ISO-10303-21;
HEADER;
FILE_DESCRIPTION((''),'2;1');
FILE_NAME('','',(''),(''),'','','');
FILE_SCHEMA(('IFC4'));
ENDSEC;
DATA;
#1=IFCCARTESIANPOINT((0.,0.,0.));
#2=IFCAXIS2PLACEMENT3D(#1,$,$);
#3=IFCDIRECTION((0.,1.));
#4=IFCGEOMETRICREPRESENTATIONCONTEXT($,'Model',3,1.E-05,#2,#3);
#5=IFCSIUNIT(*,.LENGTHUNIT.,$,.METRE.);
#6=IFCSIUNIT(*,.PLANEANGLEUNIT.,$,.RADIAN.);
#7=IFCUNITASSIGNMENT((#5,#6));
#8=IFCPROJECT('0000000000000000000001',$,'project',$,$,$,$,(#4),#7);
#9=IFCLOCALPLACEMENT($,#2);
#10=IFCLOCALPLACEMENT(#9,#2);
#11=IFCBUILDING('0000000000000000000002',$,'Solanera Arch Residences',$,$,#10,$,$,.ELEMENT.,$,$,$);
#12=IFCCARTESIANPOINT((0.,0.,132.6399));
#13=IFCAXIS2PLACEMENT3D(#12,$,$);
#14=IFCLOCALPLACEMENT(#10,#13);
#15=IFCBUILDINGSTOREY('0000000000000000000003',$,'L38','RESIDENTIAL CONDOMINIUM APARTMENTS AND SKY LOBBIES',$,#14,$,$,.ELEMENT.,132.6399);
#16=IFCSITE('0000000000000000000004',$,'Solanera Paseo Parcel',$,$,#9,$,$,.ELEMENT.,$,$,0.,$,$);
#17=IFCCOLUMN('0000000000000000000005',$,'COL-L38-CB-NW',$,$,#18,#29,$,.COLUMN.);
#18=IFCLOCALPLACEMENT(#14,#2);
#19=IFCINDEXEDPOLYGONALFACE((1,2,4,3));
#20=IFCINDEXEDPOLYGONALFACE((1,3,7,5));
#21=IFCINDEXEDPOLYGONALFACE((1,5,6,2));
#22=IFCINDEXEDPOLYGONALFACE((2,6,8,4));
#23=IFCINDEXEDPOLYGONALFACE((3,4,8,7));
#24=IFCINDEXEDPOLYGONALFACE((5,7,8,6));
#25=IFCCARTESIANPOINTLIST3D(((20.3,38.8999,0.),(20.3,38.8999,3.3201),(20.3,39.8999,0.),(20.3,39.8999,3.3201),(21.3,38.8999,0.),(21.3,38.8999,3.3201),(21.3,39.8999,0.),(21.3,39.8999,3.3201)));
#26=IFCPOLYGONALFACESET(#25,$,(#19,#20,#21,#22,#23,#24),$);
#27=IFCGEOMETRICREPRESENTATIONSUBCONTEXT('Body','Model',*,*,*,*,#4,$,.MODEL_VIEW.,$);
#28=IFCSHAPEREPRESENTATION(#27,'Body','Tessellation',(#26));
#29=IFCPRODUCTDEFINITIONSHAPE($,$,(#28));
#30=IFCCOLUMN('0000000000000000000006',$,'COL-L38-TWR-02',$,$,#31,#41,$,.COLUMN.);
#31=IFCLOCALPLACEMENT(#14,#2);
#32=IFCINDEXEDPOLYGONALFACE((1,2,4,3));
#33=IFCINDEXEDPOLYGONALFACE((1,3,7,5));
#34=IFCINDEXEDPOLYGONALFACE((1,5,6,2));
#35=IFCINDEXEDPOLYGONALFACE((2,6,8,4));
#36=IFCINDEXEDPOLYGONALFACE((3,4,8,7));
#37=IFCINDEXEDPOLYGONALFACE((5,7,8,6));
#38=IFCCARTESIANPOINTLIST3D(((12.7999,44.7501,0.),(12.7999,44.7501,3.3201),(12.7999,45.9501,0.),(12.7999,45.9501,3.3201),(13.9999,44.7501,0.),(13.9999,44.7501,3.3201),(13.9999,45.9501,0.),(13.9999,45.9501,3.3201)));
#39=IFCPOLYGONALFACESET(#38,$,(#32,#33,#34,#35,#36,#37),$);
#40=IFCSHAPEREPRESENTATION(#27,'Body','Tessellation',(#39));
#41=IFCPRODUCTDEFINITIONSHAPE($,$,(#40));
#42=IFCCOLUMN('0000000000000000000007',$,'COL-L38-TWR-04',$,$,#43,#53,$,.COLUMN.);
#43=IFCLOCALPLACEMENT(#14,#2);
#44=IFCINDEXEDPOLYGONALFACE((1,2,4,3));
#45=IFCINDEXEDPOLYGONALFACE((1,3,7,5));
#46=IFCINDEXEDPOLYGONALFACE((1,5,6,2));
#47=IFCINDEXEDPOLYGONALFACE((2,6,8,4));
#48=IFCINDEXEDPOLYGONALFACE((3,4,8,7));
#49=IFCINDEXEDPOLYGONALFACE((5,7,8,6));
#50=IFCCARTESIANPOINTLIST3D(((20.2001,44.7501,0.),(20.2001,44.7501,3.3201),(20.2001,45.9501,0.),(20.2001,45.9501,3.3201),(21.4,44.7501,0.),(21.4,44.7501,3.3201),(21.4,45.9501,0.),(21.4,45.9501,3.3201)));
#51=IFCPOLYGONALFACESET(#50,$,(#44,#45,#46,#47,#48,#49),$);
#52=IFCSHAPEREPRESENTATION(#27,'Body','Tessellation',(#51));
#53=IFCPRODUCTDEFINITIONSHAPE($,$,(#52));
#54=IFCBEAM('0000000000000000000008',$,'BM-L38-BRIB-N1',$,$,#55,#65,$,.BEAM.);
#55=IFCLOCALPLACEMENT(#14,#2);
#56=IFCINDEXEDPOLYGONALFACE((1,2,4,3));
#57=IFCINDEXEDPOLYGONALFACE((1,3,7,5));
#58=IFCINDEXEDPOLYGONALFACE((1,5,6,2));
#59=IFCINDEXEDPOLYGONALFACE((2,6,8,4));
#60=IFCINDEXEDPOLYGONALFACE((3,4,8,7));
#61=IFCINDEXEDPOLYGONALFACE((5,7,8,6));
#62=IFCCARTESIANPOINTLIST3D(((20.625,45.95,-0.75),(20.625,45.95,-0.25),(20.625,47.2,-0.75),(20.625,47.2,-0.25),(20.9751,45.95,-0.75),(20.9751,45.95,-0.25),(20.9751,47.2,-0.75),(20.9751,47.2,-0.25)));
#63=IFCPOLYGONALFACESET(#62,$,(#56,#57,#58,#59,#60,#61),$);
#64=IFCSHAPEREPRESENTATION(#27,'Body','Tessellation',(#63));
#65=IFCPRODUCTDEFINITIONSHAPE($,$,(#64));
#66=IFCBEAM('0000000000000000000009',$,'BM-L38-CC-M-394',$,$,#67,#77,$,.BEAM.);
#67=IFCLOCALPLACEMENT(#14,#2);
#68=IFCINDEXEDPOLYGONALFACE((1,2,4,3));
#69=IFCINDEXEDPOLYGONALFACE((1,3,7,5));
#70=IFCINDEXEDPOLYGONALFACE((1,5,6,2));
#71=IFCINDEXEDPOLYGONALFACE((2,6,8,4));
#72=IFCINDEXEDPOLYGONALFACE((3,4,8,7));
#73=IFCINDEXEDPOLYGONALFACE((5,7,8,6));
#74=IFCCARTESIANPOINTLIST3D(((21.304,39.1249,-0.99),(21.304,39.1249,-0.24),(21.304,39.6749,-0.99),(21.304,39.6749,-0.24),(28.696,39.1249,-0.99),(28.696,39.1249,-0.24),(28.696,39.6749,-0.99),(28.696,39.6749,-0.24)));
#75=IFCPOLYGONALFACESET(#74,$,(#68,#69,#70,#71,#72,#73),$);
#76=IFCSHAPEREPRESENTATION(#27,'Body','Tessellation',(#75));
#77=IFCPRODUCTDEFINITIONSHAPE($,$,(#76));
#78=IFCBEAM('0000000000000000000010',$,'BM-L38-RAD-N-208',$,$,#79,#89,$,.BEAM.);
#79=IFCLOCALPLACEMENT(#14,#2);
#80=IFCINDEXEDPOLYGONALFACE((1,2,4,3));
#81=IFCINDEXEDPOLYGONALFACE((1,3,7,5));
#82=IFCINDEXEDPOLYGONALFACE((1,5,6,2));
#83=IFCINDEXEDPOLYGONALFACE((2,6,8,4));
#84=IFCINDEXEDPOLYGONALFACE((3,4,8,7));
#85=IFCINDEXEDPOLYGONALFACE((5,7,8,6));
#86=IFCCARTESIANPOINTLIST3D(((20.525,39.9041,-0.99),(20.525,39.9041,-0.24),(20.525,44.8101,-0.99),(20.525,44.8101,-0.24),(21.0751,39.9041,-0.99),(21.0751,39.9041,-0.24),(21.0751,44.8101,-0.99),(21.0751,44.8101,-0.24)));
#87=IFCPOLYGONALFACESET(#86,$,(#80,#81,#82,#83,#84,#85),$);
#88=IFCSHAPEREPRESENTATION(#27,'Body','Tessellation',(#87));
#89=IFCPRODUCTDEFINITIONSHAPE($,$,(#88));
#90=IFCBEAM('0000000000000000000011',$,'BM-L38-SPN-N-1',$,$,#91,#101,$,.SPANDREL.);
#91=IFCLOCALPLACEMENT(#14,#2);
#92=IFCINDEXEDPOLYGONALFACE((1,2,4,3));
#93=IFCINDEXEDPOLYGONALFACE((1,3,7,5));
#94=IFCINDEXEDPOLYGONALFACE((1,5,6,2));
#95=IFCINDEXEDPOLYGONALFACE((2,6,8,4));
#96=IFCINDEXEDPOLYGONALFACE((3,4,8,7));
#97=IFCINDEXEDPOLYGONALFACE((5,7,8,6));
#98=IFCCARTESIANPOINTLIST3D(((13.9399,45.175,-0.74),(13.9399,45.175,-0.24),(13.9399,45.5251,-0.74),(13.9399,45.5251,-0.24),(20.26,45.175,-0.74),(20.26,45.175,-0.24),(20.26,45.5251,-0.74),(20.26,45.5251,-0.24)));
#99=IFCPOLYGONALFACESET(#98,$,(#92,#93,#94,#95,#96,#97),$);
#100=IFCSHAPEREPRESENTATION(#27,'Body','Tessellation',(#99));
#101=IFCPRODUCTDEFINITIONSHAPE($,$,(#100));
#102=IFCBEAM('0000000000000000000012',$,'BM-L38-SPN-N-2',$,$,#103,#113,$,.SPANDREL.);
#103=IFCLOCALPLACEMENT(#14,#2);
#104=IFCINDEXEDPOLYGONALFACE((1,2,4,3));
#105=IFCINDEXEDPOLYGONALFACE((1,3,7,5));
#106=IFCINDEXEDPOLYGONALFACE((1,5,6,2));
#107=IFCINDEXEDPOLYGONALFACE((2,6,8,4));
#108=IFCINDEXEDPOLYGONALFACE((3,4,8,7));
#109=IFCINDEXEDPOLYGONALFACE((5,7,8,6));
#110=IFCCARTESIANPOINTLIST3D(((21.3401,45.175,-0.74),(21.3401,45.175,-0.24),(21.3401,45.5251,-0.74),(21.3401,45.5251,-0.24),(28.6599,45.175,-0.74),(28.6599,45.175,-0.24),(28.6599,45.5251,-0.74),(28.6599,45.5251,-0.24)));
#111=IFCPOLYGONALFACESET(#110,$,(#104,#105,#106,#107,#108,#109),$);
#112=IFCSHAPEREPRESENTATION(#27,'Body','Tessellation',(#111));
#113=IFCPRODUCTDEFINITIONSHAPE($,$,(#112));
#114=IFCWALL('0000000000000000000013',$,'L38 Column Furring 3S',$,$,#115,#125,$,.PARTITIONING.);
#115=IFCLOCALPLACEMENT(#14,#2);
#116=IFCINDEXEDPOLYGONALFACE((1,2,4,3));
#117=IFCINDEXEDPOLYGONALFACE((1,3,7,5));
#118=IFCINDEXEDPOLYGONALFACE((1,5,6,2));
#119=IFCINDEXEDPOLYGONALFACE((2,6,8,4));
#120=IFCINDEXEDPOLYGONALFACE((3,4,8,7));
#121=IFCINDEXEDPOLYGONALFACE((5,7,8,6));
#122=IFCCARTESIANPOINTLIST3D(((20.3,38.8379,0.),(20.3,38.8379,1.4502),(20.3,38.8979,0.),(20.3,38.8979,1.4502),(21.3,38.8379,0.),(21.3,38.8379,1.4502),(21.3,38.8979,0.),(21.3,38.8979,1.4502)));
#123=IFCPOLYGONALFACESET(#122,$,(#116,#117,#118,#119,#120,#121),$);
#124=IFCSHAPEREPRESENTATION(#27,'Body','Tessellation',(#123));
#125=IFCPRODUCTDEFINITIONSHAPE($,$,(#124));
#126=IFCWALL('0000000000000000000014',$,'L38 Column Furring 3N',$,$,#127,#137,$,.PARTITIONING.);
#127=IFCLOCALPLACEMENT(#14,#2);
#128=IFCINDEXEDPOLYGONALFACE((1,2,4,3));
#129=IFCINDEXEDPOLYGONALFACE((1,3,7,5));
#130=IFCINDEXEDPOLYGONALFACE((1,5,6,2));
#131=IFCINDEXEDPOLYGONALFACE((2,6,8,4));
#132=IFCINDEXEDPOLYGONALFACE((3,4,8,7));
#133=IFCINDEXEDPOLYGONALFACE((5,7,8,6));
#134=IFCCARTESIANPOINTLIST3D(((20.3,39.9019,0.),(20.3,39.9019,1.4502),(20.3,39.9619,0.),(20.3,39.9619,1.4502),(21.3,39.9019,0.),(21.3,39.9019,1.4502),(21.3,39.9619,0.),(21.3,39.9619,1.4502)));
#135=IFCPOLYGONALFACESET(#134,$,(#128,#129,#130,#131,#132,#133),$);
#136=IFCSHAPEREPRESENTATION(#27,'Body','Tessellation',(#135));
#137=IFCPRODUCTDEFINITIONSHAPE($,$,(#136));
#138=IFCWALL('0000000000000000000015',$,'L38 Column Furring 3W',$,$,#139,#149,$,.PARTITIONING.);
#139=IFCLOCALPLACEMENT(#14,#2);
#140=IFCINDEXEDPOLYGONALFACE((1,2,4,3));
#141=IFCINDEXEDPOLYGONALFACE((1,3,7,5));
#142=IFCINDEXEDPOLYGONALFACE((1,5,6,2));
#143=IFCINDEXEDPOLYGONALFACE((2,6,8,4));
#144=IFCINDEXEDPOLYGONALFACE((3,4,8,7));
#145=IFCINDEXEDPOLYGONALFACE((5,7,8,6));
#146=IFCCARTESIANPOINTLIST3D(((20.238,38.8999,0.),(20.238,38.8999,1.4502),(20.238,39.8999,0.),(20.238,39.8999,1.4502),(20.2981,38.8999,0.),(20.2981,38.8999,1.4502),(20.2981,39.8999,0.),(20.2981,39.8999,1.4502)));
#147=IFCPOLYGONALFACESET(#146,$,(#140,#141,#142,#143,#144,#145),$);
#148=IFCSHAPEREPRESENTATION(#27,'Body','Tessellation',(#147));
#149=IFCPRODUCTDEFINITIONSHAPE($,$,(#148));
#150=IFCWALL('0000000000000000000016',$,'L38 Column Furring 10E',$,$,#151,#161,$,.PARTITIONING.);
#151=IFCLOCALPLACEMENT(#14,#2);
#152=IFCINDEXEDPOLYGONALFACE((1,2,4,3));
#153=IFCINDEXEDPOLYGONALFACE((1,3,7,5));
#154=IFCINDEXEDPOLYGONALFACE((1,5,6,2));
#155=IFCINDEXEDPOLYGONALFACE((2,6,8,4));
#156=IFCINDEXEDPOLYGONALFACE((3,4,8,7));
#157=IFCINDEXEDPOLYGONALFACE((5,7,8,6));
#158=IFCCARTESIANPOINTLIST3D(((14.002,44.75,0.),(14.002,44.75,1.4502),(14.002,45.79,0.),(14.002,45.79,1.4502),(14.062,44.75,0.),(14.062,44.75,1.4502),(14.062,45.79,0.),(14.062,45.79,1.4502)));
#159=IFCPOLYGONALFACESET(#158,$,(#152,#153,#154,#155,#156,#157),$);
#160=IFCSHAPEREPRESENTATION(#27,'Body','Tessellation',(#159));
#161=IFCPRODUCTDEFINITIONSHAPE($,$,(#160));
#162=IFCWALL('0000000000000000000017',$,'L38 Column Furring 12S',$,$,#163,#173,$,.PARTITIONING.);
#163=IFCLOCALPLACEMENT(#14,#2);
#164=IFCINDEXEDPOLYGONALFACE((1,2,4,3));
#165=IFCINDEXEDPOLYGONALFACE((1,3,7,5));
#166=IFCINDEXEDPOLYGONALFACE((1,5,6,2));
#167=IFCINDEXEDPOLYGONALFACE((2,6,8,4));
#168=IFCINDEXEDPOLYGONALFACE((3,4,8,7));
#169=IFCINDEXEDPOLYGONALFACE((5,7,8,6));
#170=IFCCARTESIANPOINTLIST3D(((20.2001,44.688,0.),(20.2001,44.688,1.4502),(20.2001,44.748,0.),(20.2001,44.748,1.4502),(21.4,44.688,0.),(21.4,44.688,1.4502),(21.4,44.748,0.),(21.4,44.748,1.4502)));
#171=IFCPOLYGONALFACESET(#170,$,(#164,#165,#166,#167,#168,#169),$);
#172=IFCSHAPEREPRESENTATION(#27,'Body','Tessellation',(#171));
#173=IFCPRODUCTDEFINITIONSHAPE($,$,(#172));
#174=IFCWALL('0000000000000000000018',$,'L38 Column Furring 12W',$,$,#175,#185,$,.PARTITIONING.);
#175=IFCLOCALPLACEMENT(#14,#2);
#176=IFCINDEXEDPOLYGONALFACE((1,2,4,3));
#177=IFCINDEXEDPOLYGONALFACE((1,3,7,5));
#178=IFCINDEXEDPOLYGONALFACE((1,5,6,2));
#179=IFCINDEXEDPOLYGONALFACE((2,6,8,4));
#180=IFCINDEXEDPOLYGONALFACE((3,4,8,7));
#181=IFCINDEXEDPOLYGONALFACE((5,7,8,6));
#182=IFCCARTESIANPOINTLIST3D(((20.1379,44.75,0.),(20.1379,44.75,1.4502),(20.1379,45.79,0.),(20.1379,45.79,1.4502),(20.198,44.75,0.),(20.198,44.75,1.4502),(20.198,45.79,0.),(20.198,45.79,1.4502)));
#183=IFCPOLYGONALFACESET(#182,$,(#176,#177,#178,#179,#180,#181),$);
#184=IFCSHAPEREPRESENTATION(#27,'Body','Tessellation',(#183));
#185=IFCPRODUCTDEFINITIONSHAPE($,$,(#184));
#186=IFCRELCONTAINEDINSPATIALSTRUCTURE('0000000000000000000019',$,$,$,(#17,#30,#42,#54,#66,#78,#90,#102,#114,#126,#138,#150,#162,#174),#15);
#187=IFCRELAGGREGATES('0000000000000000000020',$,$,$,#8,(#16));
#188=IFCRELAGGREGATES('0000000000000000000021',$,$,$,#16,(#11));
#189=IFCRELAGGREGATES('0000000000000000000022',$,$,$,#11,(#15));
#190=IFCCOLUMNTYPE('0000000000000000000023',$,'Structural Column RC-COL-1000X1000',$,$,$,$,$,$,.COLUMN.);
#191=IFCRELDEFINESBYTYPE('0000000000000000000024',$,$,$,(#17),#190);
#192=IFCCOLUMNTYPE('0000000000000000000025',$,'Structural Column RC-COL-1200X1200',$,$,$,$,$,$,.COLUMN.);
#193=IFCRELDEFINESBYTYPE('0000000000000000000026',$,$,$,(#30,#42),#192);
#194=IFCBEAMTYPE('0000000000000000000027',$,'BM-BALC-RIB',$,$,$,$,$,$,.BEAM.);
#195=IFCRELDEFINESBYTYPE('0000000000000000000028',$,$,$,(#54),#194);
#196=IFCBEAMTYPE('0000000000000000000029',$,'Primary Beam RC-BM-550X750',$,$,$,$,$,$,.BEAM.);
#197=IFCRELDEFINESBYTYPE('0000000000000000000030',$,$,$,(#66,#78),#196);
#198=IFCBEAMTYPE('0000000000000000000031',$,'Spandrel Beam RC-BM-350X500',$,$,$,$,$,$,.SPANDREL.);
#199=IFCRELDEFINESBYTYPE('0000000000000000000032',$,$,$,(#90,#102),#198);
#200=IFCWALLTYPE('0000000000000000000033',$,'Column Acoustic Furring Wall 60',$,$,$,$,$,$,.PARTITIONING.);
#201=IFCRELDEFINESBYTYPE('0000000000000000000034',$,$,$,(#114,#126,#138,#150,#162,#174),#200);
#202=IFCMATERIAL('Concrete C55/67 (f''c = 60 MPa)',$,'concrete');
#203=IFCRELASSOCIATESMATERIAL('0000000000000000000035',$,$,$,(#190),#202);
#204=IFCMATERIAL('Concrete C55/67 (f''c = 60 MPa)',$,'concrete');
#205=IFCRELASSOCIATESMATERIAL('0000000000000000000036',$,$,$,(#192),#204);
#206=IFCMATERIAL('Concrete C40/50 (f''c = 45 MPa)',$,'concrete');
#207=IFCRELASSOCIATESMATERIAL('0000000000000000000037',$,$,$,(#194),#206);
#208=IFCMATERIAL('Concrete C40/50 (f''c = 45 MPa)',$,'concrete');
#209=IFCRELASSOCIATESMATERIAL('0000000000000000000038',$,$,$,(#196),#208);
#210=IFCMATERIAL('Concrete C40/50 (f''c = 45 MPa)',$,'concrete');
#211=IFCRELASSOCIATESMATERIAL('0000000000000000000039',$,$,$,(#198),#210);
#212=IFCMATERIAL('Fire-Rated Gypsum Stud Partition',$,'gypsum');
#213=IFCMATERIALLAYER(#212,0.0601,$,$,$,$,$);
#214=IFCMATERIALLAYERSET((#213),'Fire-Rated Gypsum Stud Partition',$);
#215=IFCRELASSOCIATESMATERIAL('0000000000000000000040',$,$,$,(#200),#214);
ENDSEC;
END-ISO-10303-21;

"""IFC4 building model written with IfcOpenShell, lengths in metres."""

from ifc_helpers import new_model, si_unit, direction, frame, frame_2d, origin, origin_2d, place, context, subcontext, project, spatial, rectangle, extrude, material, layer, layer_set, material_profile, profile_set, type_object, element, save


model = new_model("IFC4")

# Units and contexts
model_context = context("Model", 3, precision=1e-05, world=origin(), true_north=direction((0.0, 1.0)))
body_context = subcontext(model_context, "Body", "Model", "MODEL_VIEW")
ifc_project = project(units=[si_unit("LENGTHUNIT", "METRE"), si_unit("PLANEANGLEUNIT", "RADIAN")], contexts=[model_context])

# Site, building, storey
site_placement = place(None, origin())
site = spatial("IfcSite", under=ifc_project, at=site_placement, Name="Solanera Paseo Parcel", CompositionType="ELEMENT", RefElevation=0.0)
building_placement = place(site_placement, origin())
building = spatial("IfcBuilding", under=site, at=building_placement, Name="Solanera Arch Residences", CompositionType="ELEMENT")
storey_placement = place(building_placement, frame((0.0, 0.0, 132.6399)))
storey = spatial("IfcBuildingStorey", under=building, at=storey_placement, Name="L38", Description="RESIDENTIAL CONDOMINIUM APARTMENTS AND SKY LOBBIES", CompositionType="ELEMENT", Elevation=132.6399)

# Columns
ifc_material_1 = material(Name="Concrete C55/67 (f'c = 60 MPa)", Category="concrete")
ifc_material_profile_1 = material_profile(ifc_material_1, rectangle(XDim=1.0, YDim=1.0, at=origin_2d()))
ifc_profile_set_1 = profile_set([ifc_material_profile_1], Name="Concrete C55/67 (f'c = 60 MPa)")
column_type_1 = type_object("IfcColumnType", Name="Structural Column RC-COL-1000X1000", PredefinedType="COLUMN", material=ifc_profile_set_1)
column_placement = place(storey_placement, frame((20.8, 39.3999, 0.0), z_axis=(0.0, 0.0, 1.0), x_axis=(1.0, 0.0, 0.0)))
element("IfcColumn", 1, at=column_placement, inside=storey, type_object=column_type_1, Name="COL-L38-CB-NW", PredefinedType="COLUMN", context=body_context, shape_type="SweptSolid", body=[
    extrude(rectangle(XDim=1.0, YDim=1.0, at=origin_2d()), origin(), (0.0, 0.0, 1.0), 3.3201),
])
ifc_material_2 = material(Name="Concrete C55/67 (f'c = 60 MPa)", Category="concrete")
ifc_material_profile_2 = material_profile(ifc_material_2, rectangle(XDim=1.2, YDim=1.2, at=origin_2d()))
ifc_profile_set_2 = profile_set([ifc_material_profile_2], Name="Concrete C55/67 (f'c = 60 MPa)")
column_type_2 = type_object("IfcColumnType", Name="Structural Column RC-COL-1200X1200", PredefinedType="COLUMN", material=ifc_profile_set_2)
for number, where, z_axis, x_axis, name in (
    (2, (13.3999, 45.3501, 0.0), (0.0, 0.0, 1.0), (1.0, 0.0, 0.0), "COL-L38-TWR-02"),
    (3, (20.8, 45.3501, 0.0), (0.0, 0.0, 1.0), (1.0, 0.0, 0.0), "COL-L38-TWR-04"),
):
    element("IfcColumn", number, at=place(storey_placement, frame(where, z_axis=z_axis, x_axis=x_axis)), inside=storey, type_object=column_type_2, Name=name, PredefinedType="COLUMN", context=body_context, shape_type="SweptSolid", body=[
        extrude(rectangle(XDim=1.2, YDim=1.2, at=origin_2d()), origin(), (0.0, 0.0, 1.0), 3.3201),
    ])

# Beams
ifc_material_3 = material(Name="Concrete C40/50 (f'c = 45 MPa)", Category="concrete")
ifc_material_profile_3 = material_profile(ifc_material_3, rectangle(XDim=0.3501, YDim=0.5, at=origin_2d()))
ifc_profile_set_3 = profile_set([ifc_material_profile_3], Name="Concrete C40/50 (f'c = 45 MPa)")
beam_type_1 = type_object("IfcBeamType", Name="BM-BALC-RIB", PredefinedType="BEAM", material=ifc_profile_set_3)
beam_1_placement = place(storey_placement, frame((20.8, 45.95, -0.5), z_axis=(0.0, 1.0, 0.0), x_axis=(-1.0, 0.0, 0.0)))
element("IfcBeam", 4, at=beam_1_placement, inside=storey, type_object=beam_type_1, Name="BM-L38-BRIB-N1", PredefinedType="BEAM", context=body_context, shape_type="SweptSolid", body=[
    extrude(rectangle(XDim=0.3501, YDim=0.5, at=origin_2d()), origin(), (0.0, 0.0, 1.0), 1.25),
])
ifc_material_4 = material(Name="Concrete C40/50 (f'c = 45 MPa)", Category="concrete")
ifc_material_profile_4 = material_profile(ifc_material_4, rectangle(XDim=0.55, YDim=0.75, at=origin_2d()))
ifc_profile_set_4 = profile_set([ifc_material_profile_4], Name="Concrete C40/50 (f'c = 45 MPa)")
beam_type_2 = type_object("IfcBeamType", Name="Primary Beam RC-BM-550X750", PredefinedType="BEAM", material=ifc_profile_set_4)
beam_2_placement = place(storey_placement, frame((21.304, 39.3999, -0.615), z_axis=(1.0, 0.0, 0.0), x_axis=(0.0, 1.0, 0.0)))
element("IfcBeam", 5, at=beam_2_placement, inside=storey, type_object=beam_type_2, Name="BM-L38-CC-M-394", PredefinedType="BEAM", context=body_context, shape_type="SweptSolid", body=[
    extrude(rectangle(XDim=0.55, YDim=0.75, at=origin_2d()), origin(), (0.0, 0.0, 1.0), 7.3921),
])
beam_3_placement = place(storey_placement, frame((20.8, 39.9041, -0.615), z_axis=(0.0, 1.0, 0.0), x_axis=(-1.0, 0.0, 0.0)))
element("IfcBeam", 6, at=beam_3_placement, inside=storey, type_object=beam_type_2, Name="BM-L38-RAD-N-208", PredefinedType="BEAM", context=body_context, shape_type="SweptSolid", body=[
    extrude(rectangle(XDim=0.55, YDim=0.75, at=origin_2d()), origin(), (0.0, 0.0, 1.0), 4.906),
])
ifc_material_5 = material(Name="Concrete C40/50 (f'c = 45 MPa)", Category="concrete")
ifc_material_profile_5 = material_profile(ifc_material_5, rectangle(XDim=0.3501, YDim=0.5, at=origin_2d()))
ifc_profile_set_5 = profile_set([ifc_material_profile_5], Name="Concrete C40/50 (f'c = 45 MPa)")
beam_type_3 = type_object("IfcBeamType", Name="Spandrel Beam RC-BM-350X500", PredefinedType="SPANDREL", material=ifc_profile_set_5)
beam_4_placement = place(storey_placement, frame((13.9399, 45.3501, -0.49), z_axis=(1.0, 0.0, 0.0), x_axis=(0.0, 1.0, 0.0)))
element("IfcBeam", 7, at=beam_4_placement, inside=storey, type_object=beam_type_3, Name="BM-L38-SPN-N-1", PredefinedType="SPANDREL", context=body_context, shape_type="SweptSolid", body=[
    extrude(rectangle(XDim=0.3501, YDim=0.5, at=origin_2d()), origin(), (0.0, 0.0, 1.0), 6.3201),
])
beam_5_placement = place(storey_placement, frame((21.3401, 45.3501, -0.49), z_axis=(1.0, 0.0, 0.0), x_axis=(0.0, 1.0, 0.0)))
element("IfcBeam", 8, at=beam_5_placement, inside=storey, type_object=beam_type_3, Name="BM-L38-SPN-N-2", PredefinedType="SPANDREL", context=body_context, shape_type="SweptSolid", body=[
    extrude(rectangle(XDim=0.3501, YDim=0.5, at=origin_2d()), origin(), (0.0, 0.0, 1.0), 7.3198),
])

# Walls
ifc_material_6 = material(Name="Fire-Rated Gypsum Stud Partition", Category="gypsum")
ifc_layer_1 = layer(ifc_material_6, 0.0601)
ifc_layer_set_1 = layer_set([ifc_layer_1], Name="Fire-Rated Gypsum Stud Partition")
wall_type_1 = type_object("IfcWallType", Name="Column Acoustic Furring Wall 60", PredefinedType="PARTITIONING", material=ifc_layer_set_1)
for number, where, z_axis, x_axis, name in (
    (9, (20.3, 38.8679, 0.0), (0.0, 0.0, 1.0), (1.0, 0.0, 0.0), "L38 Column Furring 3S"),
    (10, (20.3, 39.9319, 0.0), (0.0, 0.0, 1.0), (1.0, 0.0, 0.0), "L38 Column Furring 3N"),
    (11, (20.2681, 38.8999, 0.0), (0.0, 0.0, 1.0), (0.0, 1.0, 0.0), "L38 Column Furring 3W"),
):
    element("IfcWall", number, at=place(storey_placement, frame(where, z_axis=z_axis, x_axis=x_axis)), inside=storey, type_object=wall_type_1, Name=name, PredefinedType="PARTITIONING", context=body_context, shape_type="SweptSolid", body=[
        extrude(rectangle(XDim=1.0, YDim=0.0601, at=frame_2d((0.5, 0.0))), origin(), (0.0, 0.0, 1.0), 1.4502),
    ])
wall_1_placement = place(storey_placement, frame((14.032, 44.75, 0.0), z_axis=(0.0, 0.0, 1.0), x_axis=(0.0, 1.0, 0.0)))
element("IfcWall", 12, at=wall_1_placement, inside=storey, type_object=wall_type_1, Name="L38 Column Furring 10E", PredefinedType="PARTITIONING", context=body_context, shape_type="SweptSolid", body=[
    extrude(rectangle(XDim=1.04, YDim=0.0601, at=frame_2d((0.52, 0.0))), origin(), (0.0, 0.0, 1.0), 1.4502),
])
wall_2_placement = place(storey_placement, frame((20.2, 44.718, 0.0), z_axis=(0.0, 0.0, 1.0), x_axis=(1.0, 0.0, 0.0)))
element("IfcWall", 13, at=wall_2_placement, inside=storey, type_object=wall_type_1, Name="L38 Column Furring 12S", PredefinedType="PARTITIONING", context=body_context, shape_type="SweptSolid", body=[
    extrude(rectangle(XDim=1.2, YDim=0.0601, at=frame_2d((0.6001, 0.0))), origin(), (0.0, 0.0, 1.0), 1.4502),
])
wall_3_placement = place(storey_placement, frame((20.168, 44.75, 0.0), z_axis=(0.0, 0.0, 1.0), x_axis=(0.0, 1.0, 0.0)))
element("IfcWall", 14, at=wall_3_placement, inside=storey, type_object=wall_type_1, Name="L38 Column Furring 12W", PredefinedType="PARTITIONING", context=body_context, shape_type="SweptSolid", body=[
    extrude(rectangle(XDim=1.04, YDim=0.0601, at=frame_2d((0.52, 0.0))), origin(), (0.0, 0.0, 1.0), 1.4502),
])

save(model, "model.ifc")
